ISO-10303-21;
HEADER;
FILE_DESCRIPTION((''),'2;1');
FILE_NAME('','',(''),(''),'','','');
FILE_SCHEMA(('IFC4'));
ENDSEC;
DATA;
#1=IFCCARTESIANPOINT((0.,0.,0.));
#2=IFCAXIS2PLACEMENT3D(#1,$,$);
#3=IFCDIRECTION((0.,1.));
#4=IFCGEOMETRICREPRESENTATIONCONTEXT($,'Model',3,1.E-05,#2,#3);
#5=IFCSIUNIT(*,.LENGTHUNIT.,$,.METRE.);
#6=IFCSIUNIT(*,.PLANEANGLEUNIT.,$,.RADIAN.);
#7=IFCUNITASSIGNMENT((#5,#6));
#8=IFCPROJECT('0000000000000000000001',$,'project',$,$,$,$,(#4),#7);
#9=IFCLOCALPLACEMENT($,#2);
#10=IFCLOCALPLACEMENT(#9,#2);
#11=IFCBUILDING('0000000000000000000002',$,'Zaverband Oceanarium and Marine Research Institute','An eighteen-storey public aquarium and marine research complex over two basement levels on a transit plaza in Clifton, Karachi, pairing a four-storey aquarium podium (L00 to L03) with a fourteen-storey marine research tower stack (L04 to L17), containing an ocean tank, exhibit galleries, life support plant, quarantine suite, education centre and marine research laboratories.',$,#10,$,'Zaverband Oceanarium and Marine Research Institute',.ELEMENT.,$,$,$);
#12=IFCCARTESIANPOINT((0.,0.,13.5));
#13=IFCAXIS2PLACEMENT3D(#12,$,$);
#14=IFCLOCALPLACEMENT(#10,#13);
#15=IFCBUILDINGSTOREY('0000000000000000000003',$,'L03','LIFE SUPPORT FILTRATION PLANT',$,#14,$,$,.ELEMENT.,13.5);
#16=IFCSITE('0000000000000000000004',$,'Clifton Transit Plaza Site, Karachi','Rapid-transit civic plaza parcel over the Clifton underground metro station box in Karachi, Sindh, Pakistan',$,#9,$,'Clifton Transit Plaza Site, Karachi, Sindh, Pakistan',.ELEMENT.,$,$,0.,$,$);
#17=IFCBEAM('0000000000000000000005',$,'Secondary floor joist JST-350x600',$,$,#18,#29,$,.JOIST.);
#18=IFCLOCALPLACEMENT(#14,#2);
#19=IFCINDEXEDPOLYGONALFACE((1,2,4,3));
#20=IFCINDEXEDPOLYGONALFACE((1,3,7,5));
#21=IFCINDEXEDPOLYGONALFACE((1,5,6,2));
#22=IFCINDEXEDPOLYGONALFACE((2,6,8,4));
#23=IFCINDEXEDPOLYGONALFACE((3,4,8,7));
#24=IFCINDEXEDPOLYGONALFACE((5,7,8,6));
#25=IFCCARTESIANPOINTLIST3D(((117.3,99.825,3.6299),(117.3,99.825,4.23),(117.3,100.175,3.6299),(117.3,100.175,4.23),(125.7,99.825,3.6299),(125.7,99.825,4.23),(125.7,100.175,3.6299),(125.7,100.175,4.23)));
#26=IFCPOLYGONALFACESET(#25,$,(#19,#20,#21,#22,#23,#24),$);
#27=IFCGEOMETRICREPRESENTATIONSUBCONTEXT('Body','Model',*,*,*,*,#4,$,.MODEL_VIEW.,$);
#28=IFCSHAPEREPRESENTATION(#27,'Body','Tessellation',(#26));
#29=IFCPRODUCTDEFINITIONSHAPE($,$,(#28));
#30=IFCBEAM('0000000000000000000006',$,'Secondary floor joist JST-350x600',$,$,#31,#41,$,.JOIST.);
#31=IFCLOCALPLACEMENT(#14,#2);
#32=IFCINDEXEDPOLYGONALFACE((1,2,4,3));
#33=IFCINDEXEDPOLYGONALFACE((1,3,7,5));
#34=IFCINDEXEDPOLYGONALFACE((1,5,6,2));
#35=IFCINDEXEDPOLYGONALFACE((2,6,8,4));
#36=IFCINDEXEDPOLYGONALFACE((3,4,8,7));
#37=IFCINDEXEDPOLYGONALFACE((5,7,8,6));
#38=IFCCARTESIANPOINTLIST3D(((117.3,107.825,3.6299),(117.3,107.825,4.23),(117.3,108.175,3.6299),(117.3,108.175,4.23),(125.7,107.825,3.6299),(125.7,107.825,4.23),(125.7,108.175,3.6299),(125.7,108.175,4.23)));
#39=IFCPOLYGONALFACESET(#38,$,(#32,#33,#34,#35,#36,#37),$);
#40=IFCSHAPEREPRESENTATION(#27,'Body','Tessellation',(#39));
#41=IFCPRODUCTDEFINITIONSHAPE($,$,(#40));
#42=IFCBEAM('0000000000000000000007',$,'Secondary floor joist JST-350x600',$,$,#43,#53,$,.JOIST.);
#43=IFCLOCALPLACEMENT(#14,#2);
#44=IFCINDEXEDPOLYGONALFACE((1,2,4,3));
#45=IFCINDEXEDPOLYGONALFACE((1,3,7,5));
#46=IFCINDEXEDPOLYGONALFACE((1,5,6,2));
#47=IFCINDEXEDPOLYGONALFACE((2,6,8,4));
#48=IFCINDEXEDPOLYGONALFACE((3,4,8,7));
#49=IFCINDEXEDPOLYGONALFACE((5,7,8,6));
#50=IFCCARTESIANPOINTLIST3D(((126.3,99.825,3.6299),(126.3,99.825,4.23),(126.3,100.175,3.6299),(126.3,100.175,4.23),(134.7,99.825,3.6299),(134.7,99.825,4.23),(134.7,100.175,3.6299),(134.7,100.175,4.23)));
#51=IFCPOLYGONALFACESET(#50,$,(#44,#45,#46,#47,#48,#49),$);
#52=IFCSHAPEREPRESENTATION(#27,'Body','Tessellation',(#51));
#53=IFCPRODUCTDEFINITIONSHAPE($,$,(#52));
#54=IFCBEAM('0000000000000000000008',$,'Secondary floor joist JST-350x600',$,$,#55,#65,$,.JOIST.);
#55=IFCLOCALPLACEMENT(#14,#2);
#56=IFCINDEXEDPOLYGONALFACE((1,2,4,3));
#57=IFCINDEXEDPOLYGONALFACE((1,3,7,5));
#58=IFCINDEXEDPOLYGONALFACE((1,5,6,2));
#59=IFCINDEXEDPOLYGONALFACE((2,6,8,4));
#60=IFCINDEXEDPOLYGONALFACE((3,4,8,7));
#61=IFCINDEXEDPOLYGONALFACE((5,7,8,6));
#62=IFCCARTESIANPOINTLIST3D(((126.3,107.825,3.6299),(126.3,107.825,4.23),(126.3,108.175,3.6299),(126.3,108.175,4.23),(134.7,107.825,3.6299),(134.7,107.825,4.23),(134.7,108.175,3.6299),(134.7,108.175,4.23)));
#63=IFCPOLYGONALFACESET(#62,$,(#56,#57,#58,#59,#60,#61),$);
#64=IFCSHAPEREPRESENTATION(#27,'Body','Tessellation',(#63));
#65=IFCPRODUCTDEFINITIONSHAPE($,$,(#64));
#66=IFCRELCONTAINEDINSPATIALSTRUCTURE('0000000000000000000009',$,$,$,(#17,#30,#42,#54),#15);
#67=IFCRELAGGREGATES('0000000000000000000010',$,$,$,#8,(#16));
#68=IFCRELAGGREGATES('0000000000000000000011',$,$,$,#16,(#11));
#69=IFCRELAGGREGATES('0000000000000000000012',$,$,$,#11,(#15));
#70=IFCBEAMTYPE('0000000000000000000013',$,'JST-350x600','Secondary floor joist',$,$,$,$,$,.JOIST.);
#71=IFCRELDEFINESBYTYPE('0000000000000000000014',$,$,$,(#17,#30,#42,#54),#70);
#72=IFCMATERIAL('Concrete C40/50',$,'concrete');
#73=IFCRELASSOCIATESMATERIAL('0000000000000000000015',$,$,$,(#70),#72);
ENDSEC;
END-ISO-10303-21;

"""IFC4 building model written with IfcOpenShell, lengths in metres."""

from ifc_helpers import new_model, si_unit, direction, frame, origin, origin_2d, place, context, subcontext, project, spatial, rectangle, extrude, material, material_profile, profile_set, type_object, element, save


model = new_model("IFC4")

# Units and contexts
model_context = context("Model", 3, precision=1e-05, world=origin(), true_north=direction((0.0, 1.0)))
body_context = subcontext(model_context, "Body", "Model", "MODEL_VIEW")
ifc_project = project(units=[si_unit("LENGTHUNIT", "METRE"), si_unit("PLANEANGLEUNIT", "RADIAN")], contexts=[model_context])

# Site, building, storey
site_placement = place(None, origin())
site = spatial("IfcSite", under=ifc_project, at=site_placement, Name="Clifton Transit Plaza Site, Karachi", Description="Rapid-transit civic plaza parcel over the Clifton underground metro station box in Karachi, Sindh, Pakistan", LongName="Clifton Transit Plaza Site, Karachi, Sindh, Pakistan", CompositionType="ELEMENT", RefElevation=0.0)
building_placement = place(site_placement, origin())
building = spatial("IfcBuilding", under=site, at=building_placement, Name="Zaverband Oceanarium and Marine Research Institute", Description="An eighteen-storey public aquarium and marine research complex over two basement levels on a transit plaza in Clifton, Karachi, pairing a four-storey aquarium podium (L00 to L03) with a fourteen-storey marine research tower stack (L04 to L17), containing an ocean tank, exhibit galleries, life support plant, quarantine suite, education centre and marine research laboratories.", LongName="Zaverband Oceanarium and Marine Research Institute", CompositionType="ELEMENT")
storey_placement = place(building_placement, frame((0.0, 0.0, 13.5)))
storey = spatial("IfcBuildingStorey", under=building, at=storey_placement, Name="L03", Description="LIFE SUPPORT FILTRATION PLANT", CompositionType="ELEMENT", Elevation=13.5)

# Beams
ifc_material_1 = material(Name="Concrete C40/50", Category="concrete")
ifc_material_profile_1 = material_profile(ifc_material_1, rectangle(XDim=0.3501, YDim=0.6001, at=origin_2d()), Name="RC350x600")
ifc_profile_set_1 = profile_set([ifc_material_profile_1], Name="Concrete C40/50")
beam_type_1 = type_object("IfcBeamType", Name="JST-350x600", Description="Secondary floor joist", PredefinedType="JOIST", material=ifc_profile_set_1)
for number, where, z_axis, x_axis, name in (
    (1, (117.3, 100.0, 3.9299), (1.0, 0.0, 0.0), (0.0, 1.0, 0.0), "Secondary floor joist JST-350x600"),
    (2, (117.3, 108.0, 3.9299), (1.0, 0.0, 0.0), (0.0, 1.0, 0.0), "Secondary floor joist JST-350x600"),
    (3, (126.3, 100.0, 3.9299), (1.0, 0.0, 0.0), (0.0, 1.0, 0.0), "Secondary floor joist JST-350x600"),
    (4, (126.3, 108.0, 3.9299), (1.0, 0.0, 0.0), (0.0, 1.0, 0.0), "Secondary floor joist JST-350x600"),
):
    element("IfcBeam", number, at=place(storey_placement, frame(where, z_axis=z_axis, x_axis=x_axis)), inside=storey, type_object=beam_type_1, Name=name, PredefinedType="JOIST", context=body_context, shape_type="SweptSolid", body=[
        extrude(rectangle(XDim=0.3501, YDim=0.6001, at=origin_2d()), origin(), (0.0, 0.0, 1.0), 8.3999),
    ])

save(model, "model.ifc")
